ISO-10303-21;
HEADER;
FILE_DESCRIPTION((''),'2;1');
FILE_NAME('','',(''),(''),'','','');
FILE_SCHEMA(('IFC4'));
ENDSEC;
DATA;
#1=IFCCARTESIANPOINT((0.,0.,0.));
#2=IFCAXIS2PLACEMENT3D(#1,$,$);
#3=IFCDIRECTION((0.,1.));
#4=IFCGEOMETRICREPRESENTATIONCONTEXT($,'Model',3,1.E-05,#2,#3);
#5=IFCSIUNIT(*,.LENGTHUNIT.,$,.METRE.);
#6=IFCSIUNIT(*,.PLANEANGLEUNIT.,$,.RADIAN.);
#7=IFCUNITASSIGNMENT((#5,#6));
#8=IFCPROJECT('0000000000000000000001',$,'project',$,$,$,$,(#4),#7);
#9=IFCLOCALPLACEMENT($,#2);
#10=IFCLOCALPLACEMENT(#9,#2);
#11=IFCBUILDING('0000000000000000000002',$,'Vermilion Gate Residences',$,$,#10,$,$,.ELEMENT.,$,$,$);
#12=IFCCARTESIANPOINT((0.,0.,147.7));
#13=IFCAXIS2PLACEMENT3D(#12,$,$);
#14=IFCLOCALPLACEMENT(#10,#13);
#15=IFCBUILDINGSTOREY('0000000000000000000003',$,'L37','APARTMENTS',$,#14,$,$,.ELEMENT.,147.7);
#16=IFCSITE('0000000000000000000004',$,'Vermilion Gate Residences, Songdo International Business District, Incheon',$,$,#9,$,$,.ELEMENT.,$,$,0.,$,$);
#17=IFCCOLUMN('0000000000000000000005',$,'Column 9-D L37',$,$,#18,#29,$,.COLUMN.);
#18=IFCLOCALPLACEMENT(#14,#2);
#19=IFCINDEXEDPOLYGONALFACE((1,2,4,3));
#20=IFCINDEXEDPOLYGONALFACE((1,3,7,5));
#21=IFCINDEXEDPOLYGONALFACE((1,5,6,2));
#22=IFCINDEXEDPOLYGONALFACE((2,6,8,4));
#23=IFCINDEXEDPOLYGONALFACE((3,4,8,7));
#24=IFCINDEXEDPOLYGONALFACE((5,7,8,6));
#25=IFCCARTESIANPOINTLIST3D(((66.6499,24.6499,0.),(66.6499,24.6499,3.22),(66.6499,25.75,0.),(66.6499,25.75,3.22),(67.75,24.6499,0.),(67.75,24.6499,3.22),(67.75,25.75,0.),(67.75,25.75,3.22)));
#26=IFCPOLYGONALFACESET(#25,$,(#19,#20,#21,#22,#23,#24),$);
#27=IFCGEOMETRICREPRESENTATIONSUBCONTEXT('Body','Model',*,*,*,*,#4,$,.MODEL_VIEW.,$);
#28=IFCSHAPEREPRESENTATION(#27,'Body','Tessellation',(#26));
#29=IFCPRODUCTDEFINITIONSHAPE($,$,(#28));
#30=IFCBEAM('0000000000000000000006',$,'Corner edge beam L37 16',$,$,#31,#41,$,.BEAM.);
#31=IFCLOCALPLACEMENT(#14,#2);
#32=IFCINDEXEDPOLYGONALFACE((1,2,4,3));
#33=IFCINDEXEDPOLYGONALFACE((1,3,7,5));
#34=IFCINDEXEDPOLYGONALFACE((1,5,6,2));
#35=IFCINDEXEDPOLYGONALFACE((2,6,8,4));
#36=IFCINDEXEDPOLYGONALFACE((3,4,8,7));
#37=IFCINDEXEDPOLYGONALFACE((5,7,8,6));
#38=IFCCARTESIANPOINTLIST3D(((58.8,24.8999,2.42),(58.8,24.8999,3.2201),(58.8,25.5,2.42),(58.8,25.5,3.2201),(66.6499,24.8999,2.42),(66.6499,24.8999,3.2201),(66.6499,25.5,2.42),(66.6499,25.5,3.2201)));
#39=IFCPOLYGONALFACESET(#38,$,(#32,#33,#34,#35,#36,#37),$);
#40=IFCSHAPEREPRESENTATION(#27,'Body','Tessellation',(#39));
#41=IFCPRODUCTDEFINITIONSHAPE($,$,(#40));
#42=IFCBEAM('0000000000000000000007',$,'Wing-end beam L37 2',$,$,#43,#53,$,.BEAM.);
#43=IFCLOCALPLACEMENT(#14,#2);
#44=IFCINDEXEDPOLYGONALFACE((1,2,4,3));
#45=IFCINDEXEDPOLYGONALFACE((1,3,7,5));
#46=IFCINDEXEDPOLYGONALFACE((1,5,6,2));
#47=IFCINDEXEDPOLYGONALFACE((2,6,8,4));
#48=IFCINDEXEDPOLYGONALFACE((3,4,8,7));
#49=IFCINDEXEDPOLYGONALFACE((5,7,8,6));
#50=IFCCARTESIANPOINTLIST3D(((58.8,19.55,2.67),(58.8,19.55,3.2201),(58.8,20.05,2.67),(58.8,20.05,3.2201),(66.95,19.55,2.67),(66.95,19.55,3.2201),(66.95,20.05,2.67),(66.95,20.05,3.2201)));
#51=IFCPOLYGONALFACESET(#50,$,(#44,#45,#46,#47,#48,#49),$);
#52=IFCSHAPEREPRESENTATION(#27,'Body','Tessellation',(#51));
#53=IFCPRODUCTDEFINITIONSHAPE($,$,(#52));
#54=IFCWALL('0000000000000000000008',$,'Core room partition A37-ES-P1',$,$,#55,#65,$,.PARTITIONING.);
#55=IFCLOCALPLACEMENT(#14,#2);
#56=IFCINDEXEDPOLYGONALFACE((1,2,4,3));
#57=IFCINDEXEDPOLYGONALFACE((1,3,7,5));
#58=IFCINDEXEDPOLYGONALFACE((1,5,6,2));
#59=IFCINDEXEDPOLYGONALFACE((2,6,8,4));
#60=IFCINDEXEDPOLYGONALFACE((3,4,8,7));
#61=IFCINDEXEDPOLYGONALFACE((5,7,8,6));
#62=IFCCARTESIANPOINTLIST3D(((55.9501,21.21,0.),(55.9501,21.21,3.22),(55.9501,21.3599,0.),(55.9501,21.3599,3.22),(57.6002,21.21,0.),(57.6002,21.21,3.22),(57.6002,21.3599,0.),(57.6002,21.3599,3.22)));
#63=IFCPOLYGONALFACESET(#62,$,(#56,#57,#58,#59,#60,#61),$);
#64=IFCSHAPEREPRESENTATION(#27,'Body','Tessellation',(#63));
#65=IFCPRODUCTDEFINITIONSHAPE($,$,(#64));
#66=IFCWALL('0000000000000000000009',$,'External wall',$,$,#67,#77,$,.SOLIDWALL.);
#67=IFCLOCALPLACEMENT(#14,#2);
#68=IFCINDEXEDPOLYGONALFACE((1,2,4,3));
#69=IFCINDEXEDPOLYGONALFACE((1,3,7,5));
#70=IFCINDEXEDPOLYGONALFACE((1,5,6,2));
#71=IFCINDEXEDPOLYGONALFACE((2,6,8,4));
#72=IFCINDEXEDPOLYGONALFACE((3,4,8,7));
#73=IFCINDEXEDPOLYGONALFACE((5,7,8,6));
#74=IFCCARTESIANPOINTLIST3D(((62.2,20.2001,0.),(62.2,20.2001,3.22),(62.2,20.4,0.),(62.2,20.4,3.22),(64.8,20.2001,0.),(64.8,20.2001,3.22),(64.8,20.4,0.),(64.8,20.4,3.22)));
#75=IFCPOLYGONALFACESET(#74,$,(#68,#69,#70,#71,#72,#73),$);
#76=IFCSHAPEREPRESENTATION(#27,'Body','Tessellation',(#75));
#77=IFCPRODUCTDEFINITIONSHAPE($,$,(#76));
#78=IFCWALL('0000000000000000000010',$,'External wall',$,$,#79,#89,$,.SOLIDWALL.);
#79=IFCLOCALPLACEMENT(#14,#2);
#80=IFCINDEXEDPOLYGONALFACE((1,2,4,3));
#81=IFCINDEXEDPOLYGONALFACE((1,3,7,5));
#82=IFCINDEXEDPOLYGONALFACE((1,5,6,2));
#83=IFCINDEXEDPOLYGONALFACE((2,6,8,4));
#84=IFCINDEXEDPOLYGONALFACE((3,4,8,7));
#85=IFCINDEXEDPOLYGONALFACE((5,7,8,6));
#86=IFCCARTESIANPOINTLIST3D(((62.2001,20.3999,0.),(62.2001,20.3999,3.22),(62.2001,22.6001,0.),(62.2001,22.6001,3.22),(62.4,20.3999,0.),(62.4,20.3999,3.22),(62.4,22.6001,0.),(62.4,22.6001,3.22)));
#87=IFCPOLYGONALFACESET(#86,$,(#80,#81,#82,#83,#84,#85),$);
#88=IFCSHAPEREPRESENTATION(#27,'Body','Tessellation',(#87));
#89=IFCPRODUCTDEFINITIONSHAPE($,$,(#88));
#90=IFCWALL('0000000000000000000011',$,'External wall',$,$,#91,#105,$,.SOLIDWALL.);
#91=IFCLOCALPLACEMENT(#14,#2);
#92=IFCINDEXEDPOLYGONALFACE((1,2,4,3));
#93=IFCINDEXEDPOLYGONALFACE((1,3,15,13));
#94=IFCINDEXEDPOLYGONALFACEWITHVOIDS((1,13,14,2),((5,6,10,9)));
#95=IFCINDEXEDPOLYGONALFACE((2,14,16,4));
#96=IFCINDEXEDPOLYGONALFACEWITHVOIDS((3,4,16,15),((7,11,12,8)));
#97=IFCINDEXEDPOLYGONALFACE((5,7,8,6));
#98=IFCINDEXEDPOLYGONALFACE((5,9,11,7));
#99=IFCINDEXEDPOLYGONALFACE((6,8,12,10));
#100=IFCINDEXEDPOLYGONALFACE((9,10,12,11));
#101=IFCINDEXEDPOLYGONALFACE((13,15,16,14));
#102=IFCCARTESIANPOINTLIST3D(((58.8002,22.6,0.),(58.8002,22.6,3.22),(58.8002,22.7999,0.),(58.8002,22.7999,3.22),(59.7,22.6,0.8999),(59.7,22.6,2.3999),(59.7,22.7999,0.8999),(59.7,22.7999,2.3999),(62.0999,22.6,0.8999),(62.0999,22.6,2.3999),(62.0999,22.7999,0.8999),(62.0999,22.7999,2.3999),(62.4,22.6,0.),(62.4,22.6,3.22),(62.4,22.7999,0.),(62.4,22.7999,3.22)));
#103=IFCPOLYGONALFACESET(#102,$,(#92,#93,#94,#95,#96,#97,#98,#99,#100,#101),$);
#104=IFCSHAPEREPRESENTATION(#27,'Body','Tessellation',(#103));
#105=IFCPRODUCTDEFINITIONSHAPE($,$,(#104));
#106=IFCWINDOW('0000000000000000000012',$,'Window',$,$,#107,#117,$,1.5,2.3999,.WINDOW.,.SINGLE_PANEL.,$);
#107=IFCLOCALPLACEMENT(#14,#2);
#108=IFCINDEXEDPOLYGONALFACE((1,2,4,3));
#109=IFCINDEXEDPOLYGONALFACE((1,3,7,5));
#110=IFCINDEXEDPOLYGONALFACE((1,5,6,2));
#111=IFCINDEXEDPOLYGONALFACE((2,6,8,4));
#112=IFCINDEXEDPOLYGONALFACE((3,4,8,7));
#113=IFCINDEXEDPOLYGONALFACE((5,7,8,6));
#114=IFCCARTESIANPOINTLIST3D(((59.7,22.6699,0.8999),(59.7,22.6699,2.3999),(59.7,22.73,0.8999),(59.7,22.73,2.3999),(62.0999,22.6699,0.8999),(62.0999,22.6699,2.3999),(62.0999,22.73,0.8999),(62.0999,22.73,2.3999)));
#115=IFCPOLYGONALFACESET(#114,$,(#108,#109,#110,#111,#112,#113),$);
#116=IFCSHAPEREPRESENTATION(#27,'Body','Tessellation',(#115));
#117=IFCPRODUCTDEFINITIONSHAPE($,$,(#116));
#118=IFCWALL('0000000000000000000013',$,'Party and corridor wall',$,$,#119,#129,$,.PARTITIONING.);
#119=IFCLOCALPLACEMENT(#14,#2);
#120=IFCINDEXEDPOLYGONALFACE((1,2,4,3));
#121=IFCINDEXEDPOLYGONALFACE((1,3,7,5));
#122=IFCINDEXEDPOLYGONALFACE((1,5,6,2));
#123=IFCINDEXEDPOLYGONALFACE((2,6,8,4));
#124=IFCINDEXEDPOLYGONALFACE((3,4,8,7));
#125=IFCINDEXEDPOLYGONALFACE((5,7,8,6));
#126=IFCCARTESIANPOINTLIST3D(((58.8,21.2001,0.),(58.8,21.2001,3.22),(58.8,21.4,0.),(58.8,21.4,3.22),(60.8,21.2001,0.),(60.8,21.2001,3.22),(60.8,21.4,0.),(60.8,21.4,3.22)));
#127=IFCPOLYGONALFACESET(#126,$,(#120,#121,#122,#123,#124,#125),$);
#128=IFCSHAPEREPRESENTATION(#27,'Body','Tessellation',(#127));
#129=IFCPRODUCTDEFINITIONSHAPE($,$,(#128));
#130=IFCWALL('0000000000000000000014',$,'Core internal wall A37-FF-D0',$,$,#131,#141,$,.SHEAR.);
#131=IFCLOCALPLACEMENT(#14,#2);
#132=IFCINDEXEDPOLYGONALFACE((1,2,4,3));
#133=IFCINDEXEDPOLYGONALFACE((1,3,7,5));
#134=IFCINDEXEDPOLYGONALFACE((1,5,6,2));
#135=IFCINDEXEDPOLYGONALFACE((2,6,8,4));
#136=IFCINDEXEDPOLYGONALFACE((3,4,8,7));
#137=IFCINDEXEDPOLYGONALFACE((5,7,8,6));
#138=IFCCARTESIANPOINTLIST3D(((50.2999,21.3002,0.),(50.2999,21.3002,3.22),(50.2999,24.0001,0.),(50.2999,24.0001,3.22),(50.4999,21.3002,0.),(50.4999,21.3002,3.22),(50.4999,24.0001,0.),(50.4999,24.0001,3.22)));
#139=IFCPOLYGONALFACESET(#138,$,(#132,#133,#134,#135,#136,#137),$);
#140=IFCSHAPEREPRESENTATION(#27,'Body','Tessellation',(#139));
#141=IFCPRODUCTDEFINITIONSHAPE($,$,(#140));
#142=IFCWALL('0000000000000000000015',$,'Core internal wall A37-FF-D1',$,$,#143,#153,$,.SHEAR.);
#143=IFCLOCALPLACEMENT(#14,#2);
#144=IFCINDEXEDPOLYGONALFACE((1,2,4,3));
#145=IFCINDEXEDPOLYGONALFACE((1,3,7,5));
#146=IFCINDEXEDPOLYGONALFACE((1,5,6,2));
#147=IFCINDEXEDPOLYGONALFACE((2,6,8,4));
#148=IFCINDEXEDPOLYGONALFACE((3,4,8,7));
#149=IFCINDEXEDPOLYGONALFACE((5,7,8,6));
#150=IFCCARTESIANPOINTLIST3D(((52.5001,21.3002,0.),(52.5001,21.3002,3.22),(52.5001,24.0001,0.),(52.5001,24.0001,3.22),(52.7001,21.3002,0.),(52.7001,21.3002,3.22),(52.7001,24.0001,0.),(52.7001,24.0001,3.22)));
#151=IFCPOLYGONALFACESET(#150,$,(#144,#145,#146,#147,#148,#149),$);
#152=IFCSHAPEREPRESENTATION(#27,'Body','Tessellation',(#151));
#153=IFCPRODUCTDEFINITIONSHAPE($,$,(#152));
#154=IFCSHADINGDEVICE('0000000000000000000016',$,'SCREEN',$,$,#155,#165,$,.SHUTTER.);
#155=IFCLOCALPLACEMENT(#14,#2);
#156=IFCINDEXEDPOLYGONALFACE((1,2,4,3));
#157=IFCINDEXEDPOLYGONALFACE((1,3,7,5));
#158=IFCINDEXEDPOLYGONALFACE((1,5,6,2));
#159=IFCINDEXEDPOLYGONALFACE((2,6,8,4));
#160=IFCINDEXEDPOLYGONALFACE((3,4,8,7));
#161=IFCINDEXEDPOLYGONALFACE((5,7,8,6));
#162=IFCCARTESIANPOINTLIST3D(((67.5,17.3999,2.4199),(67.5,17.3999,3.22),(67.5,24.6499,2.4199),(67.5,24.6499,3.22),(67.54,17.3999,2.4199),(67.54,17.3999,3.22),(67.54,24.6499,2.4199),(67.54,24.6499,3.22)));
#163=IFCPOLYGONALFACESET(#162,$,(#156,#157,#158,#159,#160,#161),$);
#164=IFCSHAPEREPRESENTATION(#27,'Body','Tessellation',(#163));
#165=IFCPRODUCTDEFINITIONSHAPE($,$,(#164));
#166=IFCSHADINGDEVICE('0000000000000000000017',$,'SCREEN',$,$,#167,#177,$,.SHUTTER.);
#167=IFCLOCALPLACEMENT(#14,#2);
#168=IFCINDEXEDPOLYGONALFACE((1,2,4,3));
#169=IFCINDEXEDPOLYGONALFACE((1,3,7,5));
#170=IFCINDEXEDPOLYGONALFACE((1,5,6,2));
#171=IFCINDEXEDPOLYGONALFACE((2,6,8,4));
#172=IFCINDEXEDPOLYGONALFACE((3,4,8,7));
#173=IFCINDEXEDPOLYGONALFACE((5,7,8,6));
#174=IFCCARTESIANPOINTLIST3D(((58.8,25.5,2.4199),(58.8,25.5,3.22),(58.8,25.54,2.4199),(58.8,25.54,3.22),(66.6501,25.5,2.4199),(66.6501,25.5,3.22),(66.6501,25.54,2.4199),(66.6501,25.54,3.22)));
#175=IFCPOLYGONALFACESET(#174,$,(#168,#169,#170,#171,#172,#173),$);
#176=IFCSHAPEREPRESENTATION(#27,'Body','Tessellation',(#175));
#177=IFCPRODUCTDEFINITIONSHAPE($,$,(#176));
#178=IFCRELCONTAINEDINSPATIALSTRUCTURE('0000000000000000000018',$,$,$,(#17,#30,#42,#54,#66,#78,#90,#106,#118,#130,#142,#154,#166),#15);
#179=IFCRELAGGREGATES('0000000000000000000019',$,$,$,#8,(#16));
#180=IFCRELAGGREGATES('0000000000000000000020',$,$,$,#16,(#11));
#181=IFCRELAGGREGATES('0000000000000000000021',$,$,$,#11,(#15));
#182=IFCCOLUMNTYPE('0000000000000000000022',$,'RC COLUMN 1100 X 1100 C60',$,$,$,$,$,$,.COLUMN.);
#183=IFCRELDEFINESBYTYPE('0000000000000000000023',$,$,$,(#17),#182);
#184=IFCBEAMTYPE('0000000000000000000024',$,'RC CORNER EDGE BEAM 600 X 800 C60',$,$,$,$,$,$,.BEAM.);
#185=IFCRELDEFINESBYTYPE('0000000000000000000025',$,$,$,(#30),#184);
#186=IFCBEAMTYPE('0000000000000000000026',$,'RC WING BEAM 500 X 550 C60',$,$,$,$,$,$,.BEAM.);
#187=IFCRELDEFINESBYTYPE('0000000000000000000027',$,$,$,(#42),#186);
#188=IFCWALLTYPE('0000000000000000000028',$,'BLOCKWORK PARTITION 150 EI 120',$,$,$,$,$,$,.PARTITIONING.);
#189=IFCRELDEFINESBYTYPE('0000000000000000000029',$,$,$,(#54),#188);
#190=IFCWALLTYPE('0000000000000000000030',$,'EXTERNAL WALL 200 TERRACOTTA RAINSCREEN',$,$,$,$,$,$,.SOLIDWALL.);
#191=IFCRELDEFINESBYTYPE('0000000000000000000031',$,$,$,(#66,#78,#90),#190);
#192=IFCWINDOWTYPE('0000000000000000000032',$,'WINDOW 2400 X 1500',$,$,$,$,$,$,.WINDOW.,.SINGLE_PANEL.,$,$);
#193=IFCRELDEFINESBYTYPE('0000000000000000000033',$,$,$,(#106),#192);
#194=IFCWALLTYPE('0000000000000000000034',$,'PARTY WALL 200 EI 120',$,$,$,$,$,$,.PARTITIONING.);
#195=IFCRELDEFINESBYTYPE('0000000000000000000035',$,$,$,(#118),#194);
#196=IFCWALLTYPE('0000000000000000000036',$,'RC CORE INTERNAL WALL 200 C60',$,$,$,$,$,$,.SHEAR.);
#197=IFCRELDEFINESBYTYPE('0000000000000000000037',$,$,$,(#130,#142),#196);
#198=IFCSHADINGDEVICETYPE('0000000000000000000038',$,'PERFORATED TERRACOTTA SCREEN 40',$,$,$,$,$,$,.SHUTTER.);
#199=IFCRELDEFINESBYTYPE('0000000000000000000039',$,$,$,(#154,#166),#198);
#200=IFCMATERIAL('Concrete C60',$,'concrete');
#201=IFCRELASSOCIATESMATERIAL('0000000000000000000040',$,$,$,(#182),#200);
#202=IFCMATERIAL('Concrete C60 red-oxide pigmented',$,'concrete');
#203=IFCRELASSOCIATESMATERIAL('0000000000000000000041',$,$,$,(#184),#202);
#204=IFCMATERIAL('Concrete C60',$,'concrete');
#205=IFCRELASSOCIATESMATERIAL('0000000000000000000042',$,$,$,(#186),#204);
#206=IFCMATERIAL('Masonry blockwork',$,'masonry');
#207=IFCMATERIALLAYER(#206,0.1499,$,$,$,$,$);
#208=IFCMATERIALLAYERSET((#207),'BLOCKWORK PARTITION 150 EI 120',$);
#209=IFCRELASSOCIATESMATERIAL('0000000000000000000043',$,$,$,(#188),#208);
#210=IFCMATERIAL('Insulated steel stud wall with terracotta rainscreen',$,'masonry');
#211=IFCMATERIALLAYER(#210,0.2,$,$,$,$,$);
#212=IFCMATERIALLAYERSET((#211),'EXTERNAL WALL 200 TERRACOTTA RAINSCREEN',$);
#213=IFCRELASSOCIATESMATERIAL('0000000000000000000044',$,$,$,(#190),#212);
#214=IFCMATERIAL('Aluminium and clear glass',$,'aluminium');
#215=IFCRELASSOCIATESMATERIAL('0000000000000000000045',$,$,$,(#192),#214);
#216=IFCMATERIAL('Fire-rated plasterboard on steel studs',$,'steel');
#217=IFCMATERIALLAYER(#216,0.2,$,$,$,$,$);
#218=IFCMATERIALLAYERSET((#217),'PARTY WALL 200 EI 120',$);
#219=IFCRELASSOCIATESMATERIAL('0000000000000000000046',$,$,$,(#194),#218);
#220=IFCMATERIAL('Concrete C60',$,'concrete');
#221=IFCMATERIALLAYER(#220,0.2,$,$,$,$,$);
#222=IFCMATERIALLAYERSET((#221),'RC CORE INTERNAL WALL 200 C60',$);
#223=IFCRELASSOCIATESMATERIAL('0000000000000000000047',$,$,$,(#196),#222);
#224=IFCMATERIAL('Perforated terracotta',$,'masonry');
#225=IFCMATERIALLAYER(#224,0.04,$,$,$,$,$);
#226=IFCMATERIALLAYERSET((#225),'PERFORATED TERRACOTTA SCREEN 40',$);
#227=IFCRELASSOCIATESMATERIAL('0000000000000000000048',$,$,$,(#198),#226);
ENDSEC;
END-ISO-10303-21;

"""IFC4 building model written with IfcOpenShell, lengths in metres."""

from ifc_helpers import new_model, si_unit, direction, frame, frame_2d, origin, origin_2d, place, context, subcontext, project, spatial, rectangle, extrude, material, layer, layer_set, material_profile, profile_set, type_object, element, fill, save


model = new_model("IFC4")

# Units and contexts
model_context = context("Model", 3, precision=1e-05, world=origin(), true_north=direction((0.0, 1.0)))
body_context = subcontext(model_context, "Body", "Model", "MODEL_VIEW")
ifc_project = project(units=[si_unit("LENGTHUNIT", "METRE"), si_unit("PLANEANGLEUNIT", "RADIAN")], contexts=[model_context])

# Site, building, storey
site_placement = place(None, origin())
site = spatial("IfcSite", under=ifc_project, at=site_placement, Name="Vermilion Gate Residences, Songdo International Business District, Incheon", CompositionType="ELEMENT", RefElevation=0.0)
building_placement = place(site_placement, origin())
building = spatial("IfcBuilding", under=site, at=building_placement, Name="Vermilion Gate Residences", CompositionType="ELEMENT")
storey_placement = place(building_placement, frame((0.0, 0.0, 147.7)))
storey = spatial("IfcBuildingStorey", under=building, at=storey_placement, Name="L37", Description="APARTMENTS", CompositionType="ELEMENT", Elevation=147.7)

# Column
ifc_material_1 = material(Name="Concrete C60", Category="concrete")
ifc_material_profile_1 = material_profile(ifc_material_1, rectangle(XDim=1.1001, YDim=1.1001, at=origin_2d()), Name="RC-1100x1100")
ifc_profile_set_1 = profile_set([ifc_material_profile_1], Name="Concrete C60")
column_type = type_object("IfcColumnType", Name="RC COLUMN 1100 X 1100 C60", PredefinedType="COLUMN", material=ifc_profile_set_1)
column_placement = place(storey_placement, frame((67.2, 25.2, 0.0), z_axis=(0.0, 0.0, 1.0), x_axis=(1.0, 0.0, 0.0)))
element("IfcColumn", 1, at=column_placement, inside=storey, type_object=column_type, Name="Column 9-D L37", PredefinedType="COLUMN", context=body_context, shape_type="SweptSolid", body=[
    extrude(rectangle(XDim=1.1001, YDim=1.1001, at=origin_2d()), origin(), (0.0, 0.0, 1.0), 3.22),
])

# Beams
ifc_material_2 = material(Name="Concrete C60 red-oxide pigmented", Category="concrete")
ifc_material_profile_2 = material_profile(ifc_material_2, rectangle(XDim=0.6001, YDim=0.8, at=origin_2d()), Name="RC-600x800")
ifc_profile_set_2 = profile_set([ifc_material_profile_2], Name="Concrete C60 red-oxide pigmented")
beam_type_1 = type_object("IfcBeamType", Name="RC CORNER EDGE BEAM 600 X 800 C60", PredefinedType="BEAM", material=ifc_profile_set_2)
beam_1_placement = place(storey_placement, frame((58.8, 25.2, 2.8201), z_axis=(1.0, 0.0, 0.0), x_axis=(0.0, 1.0, 0.0)))
element("IfcBeam", 2, at=beam_1_placement, inside=storey, type_object=beam_type_1, Name="Corner edge beam L37 16", PredefinedType="BEAM", context=body_context, shape_type="SweptSolid", body=[
    extrude(rectangle(XDim=0.6001, YDim=0.8, at=origin_2d()), origin(), (0.0, 0.0, 1.0), 7.8499),
])
ifc_material_3 = material(Name="Concrete C60", Category="concrete")
ifc_material_profile_3 = material_profile(ifc_material_3, rectangle(XDim=0.5, YDim=0.55, at=origin_2d()), Name="RC-500x550")
ifc_profile_set_3 = profile_set([ifc_material_profile_3], Name="Concrete C60")
beam_type_2 = type_object("IfcBeamType", Name="RC WING BEAM 500 X 550 C60", PredefinedType="BEAM", material=ifc_profile_set_3)
beam_2_placement = place(storey_placement, frame((58.8, 19.8, 2.9451), z_axis=(1.0, 0.0, 0.0), x_axis=(0.0, 1.0, 0.0)))
element("IfcBeam", 3, at=beam_2_placement, inside=storey, type_object=beam_type_2, Name="Wing-end beam L37 2", PredefinedType="BEAM", context=body_context, shape_type="SweptSolid", body=[
    extrude(rectangle(XDim=0.5, YDim=0.55, at=origin_2d()), origin(), (0.0, 0.0, 1.0), 8.1499),
])

# Walls
ifc_material_4 = material(Name="Masonry blockwork", Category="masonry")
ifc_layer_1 = layer(ifc_material_4, 0.1499)
ifc_layer_set_1 = layer_set([ifc_layer_1], Name="BLOCKWORK PARTITION 150 EI 120")
wall_type_1 = type_object("IfcWallType", Name="BLOCKWORK PARTITION 150 EI 120", PredefinedType="PARTITIONING", material=ifc_layer_set_1)
wall_1_placement = place(storey_placement, frame((55.95, 21.2849, 0.0), z_axis=(0.0, 0.0, 1.0), x_axis=(1.0, 0.0, 0.0)))
element("IfcWall", 4, at=wall_1_placement, inside=storey, type_object=wall_type_1, Name="Core room partition A37-ES-P1", PredefinedType="PARTITIONING", context=body_context, shape_type="SweptSolid", body=[
    extrude(rectangle(XDim=1.6501, YDim=0.1499, at=frame_2d((0.8252, 0.0))), origin(), (0.0, 0.0, 1.0), 3.22),
])
ifc_material_5 = material(Name="Insulated steel stud wall with terracotta rainscreen", Category="masonry")
ifc_layer_2 = layer(ifc_material_5, 0.2)
ifc_layer_set_2 = layer_set([ifc_layer_2], Name="EXTERNAL WALL 200 TERRACOTTA RAINSCREEN")
wall_type_2 = type_object("IfcWallType", Name="EXTERNAL WALL 200 TERRACOTTA RAINSCREEN", PredefinedType="SOLIDWALL", material=ifc_layer_set_2)
wall_2_placement = place(storey_placement, frame((64.8, 20.3, 0.0), z_axis=(0.0, 0.0, 1.0), x_axis=(-1.0, 0.0, 0.0)))
element("IfcWall", 5, at=wall_2_placement, inside=storey, type_object=wall_type_2, Name="External wall", PredefinedType="SOLIDWALL", context=body_context, shape_type="SweptSolid", body=[
    extrude(rectangle(XDim=2.6001, YDim=0.2, at=frame_2d((1.3, 0.0))), origin(), (0.0, 0.0, 1.0), 3.22),
])
wall_3_placement = place(storey_placement, frame((62.3, 20.3999, 0.0), z_axis=(0.0, 0.0, 1.0), x_axis=(0.0, 1.0, 0.0)))
element("IfcWall", 6, at=wall_3_placement, inside=storey, type_object=wall_type_2, Name="External wall", PredefinedType="SOLIDWALL", context=body_context, shape_type="SweptSolid", body=[
    extrude(rectangle(XDim=2.2002, YDim=0.2, at=frame_2d((1.1001, 0.0))), origin(), (0.0, 0.0, 1.0), 3.22),
])

# Wall, opening, window
wall_4_placement = place(storey_placement, frame((62.3999, 22.7, 0.0), z_axis=(0.0, 0.0, 1.0), x_axis=(-1.0, 0.0, 0.0)))
wall_4 = element("IfcWall", 7, at=wall_4_placement, inside=storey, type_object=wall_type_2, Name="External wall", PredefinedType="SOLIDWALL", context=body_context, shape_type="SweptSolid", body=[
    extrude(rectangle(XDim=3.5999, YDim=0.2, at=frame_2d((1.7998, 0.0))), origin(), (0.0, 0.0, 1.0), 3.22),
])
opening_placement = place(wall_4_placement, frame((0.3, 0.0, 0.8999)))
opening = element("IfcOpeningElement", 8, at=opening_placement, cuts=wall_4, PredefinedType="OPENING", context=body_context, shape_type="SweptSolid", body=[
    extrude(rectangle(XDim=2.3999, YDim=1.5, at=frame_2d((1.2, 0.75))), frame((0.0, 0.1099, 0.0), z_axis=(0.0, -1.0, 0.0), x_axis=(1.0, 0.0, 0.0)), (0.0, 0.0, 1.0), 0.22),
])
ifc_material_6 = material(Name="Aluminium and clear glass", Category="aluminium")
window_type = type_object("IfcWindowType", Name="WINDOW 2400 X 1500", PartitioningType="SINGLE_PANEL", PredefinedType="WINDOW", material=ifc_material_6)
window_placement = place(opening_placement, origin())
window = element("IfcWindow", 9, at=window_placement, inside=storey, type_object=window_type, Name="Window", OverallHeight=1.5, OverallWidth=2.3999, PartitioningType="SINGLE_PANEL", PredefinedType="WINDOW", context=body_context, shape_type="SweptSolid", body=[
    extrude(rectangle(XDim=2.3999, YDim=1.5, at=frame_2d((1.2, 0.75))), frame((0.0, 0.03, 0.0), z_axis=(0.0, -1.0, 0.0), x_axis=(1.0, 0.0, 0.0)), (0.0, 0.0, 1.0), 0.0601),
])
fill(opening, window)

# Walls
ifc_material_7 = material(Name="Fire-rated plasterboard on steel studs", Category="steel")
ifc_layer_3 = layer(ifc_material_7, 0.2)
ifc_layer_set_3 = layer_set([ifc_layer_3], Name="PARTY WALL 200 EI 120")
wall_type_3 = type_object("IfcWallType", Name="PARTY WALL 200 EI 120", PredefinedType="PARTITIONING", material=ifc_layer_set_3)
wall_5_placement = place(storey_placement, frame((58.8, 21.3, 0.0), z_axis=(0.0, 0.0, 1.0), x_axis=(1.0, 0.0, 0.0)))
element("IfcWall", 10, at=wall_5_placement, inside=storey, type_object=wall_type_3, Name="Party and corridor wall", PredefinedType="PARTITIONING", context=body_context, shape_type="SweptSolid", body=[
    extrude(rectangle(XDim=2.0, YDim=0.2, at=frame_2d((1.0, 0.0))), origin(), (0.0, 0.0, 1.0), 3.22),
])
ifc_material_8 = material(Name="Concrete C60", Category="concrete")
ifc_layer_4 = layer(ifc_material_8, 0.2)
ifc_layer_set_4 = layer_set([ifc_layer_4], Name="RC CORE INTERNAL WALL 200 C60")
wall_type_4 = type_object("IfcWallType", Name="RC CORE INTERNAL WALL 200 C60", PredefinedType="SHEAR", material=ifc_layer_set_4)
for number, where, z_axis, x_axis, name in (
    (11, (50.3999, 21.3, 0.0), (0.0, 0.0, 1.0), (0.0, 1.0, 0.0), "Core internal wall A37-FF-D0"),
    (12, (52.6001, 21.3, 0.0), (0.0, 0.0, 1.0), (0.0, 1.0, 0.0), "Core internal wall A37-FF-D1"),
):
    element("IfcWall", number, at=place(storey_placement, frame(where, z_axis=z_axis, x_axis=x_axis)), inside=storey, type_object=wall_type_4, Name=name, PredefinedType="SHEAR", context=body_context, shape_type="SweptSolid", body=[
        extrude(rectangle(XDim=2.7, YDim=0.2, at=frame_2d((1.3501, 0.0))), origin(), (0.0, 0.0, 1.0), 3.22),
    ])

# Shading devices
ifc_material_9 = material(Name="Perforated terracotta", Category="masonry")
ifc_layer_5 = layer(ifc_material_9, 0.04)
ifc_layer_set_5 = layer_set([ifc_layer_5], Name="PERFORATED TERRACOTTA SCREEN 40")
shading_device_type_1 = type_object("IfcShadingDeviceType", Name="PERFORATED TERRACOTTA SCREEN 40", PredefinedType="SHUTTER", material=ifc_layer_set_5)
shading_device_1_placement = place(storey_placement, frame((67.52, 21.0249, 2.4199), z_axis=(0.0, 0.0, 1.0), x_axis=(0.0, 1.0, 0.0)))
element("IfcShadingDevice", 13, at=shading_device_1_placement, inside=storey, type_object=shading_device_type_1, Name="SCREEN", PredefinedType="SHUTTER", context=body_context, shape_type="SweptSolid", body=[
    extrude(rectangle(XDim=7.25, YDim=0.04, at=origin_2d()), origin(), (0.0, 0.0, 1.0), 0.8),
])
shading_device_2_placement = place(storey_placement, frame((62.7251, 25.52, 2.4199), z_axis=(0.0, 0.0, 1.0), x_axis=(-1.0, 0.0, 0.0)))
element("IfcShadingDevice", 14, at=shading_device_2_placement, inside=storey, type_object=shading_device_type_1, Name="SCREEN", PredefinedType="SHUTTER", context=body_context, shape_type="SweptSolid", body=[
    extrude(rectangle(XDim=7.8501, YDim=0.04, at=origin_2d()), origin(), (0.0, 0.0, 1.0), 0.8),
])

save(model, "model.ifc")
